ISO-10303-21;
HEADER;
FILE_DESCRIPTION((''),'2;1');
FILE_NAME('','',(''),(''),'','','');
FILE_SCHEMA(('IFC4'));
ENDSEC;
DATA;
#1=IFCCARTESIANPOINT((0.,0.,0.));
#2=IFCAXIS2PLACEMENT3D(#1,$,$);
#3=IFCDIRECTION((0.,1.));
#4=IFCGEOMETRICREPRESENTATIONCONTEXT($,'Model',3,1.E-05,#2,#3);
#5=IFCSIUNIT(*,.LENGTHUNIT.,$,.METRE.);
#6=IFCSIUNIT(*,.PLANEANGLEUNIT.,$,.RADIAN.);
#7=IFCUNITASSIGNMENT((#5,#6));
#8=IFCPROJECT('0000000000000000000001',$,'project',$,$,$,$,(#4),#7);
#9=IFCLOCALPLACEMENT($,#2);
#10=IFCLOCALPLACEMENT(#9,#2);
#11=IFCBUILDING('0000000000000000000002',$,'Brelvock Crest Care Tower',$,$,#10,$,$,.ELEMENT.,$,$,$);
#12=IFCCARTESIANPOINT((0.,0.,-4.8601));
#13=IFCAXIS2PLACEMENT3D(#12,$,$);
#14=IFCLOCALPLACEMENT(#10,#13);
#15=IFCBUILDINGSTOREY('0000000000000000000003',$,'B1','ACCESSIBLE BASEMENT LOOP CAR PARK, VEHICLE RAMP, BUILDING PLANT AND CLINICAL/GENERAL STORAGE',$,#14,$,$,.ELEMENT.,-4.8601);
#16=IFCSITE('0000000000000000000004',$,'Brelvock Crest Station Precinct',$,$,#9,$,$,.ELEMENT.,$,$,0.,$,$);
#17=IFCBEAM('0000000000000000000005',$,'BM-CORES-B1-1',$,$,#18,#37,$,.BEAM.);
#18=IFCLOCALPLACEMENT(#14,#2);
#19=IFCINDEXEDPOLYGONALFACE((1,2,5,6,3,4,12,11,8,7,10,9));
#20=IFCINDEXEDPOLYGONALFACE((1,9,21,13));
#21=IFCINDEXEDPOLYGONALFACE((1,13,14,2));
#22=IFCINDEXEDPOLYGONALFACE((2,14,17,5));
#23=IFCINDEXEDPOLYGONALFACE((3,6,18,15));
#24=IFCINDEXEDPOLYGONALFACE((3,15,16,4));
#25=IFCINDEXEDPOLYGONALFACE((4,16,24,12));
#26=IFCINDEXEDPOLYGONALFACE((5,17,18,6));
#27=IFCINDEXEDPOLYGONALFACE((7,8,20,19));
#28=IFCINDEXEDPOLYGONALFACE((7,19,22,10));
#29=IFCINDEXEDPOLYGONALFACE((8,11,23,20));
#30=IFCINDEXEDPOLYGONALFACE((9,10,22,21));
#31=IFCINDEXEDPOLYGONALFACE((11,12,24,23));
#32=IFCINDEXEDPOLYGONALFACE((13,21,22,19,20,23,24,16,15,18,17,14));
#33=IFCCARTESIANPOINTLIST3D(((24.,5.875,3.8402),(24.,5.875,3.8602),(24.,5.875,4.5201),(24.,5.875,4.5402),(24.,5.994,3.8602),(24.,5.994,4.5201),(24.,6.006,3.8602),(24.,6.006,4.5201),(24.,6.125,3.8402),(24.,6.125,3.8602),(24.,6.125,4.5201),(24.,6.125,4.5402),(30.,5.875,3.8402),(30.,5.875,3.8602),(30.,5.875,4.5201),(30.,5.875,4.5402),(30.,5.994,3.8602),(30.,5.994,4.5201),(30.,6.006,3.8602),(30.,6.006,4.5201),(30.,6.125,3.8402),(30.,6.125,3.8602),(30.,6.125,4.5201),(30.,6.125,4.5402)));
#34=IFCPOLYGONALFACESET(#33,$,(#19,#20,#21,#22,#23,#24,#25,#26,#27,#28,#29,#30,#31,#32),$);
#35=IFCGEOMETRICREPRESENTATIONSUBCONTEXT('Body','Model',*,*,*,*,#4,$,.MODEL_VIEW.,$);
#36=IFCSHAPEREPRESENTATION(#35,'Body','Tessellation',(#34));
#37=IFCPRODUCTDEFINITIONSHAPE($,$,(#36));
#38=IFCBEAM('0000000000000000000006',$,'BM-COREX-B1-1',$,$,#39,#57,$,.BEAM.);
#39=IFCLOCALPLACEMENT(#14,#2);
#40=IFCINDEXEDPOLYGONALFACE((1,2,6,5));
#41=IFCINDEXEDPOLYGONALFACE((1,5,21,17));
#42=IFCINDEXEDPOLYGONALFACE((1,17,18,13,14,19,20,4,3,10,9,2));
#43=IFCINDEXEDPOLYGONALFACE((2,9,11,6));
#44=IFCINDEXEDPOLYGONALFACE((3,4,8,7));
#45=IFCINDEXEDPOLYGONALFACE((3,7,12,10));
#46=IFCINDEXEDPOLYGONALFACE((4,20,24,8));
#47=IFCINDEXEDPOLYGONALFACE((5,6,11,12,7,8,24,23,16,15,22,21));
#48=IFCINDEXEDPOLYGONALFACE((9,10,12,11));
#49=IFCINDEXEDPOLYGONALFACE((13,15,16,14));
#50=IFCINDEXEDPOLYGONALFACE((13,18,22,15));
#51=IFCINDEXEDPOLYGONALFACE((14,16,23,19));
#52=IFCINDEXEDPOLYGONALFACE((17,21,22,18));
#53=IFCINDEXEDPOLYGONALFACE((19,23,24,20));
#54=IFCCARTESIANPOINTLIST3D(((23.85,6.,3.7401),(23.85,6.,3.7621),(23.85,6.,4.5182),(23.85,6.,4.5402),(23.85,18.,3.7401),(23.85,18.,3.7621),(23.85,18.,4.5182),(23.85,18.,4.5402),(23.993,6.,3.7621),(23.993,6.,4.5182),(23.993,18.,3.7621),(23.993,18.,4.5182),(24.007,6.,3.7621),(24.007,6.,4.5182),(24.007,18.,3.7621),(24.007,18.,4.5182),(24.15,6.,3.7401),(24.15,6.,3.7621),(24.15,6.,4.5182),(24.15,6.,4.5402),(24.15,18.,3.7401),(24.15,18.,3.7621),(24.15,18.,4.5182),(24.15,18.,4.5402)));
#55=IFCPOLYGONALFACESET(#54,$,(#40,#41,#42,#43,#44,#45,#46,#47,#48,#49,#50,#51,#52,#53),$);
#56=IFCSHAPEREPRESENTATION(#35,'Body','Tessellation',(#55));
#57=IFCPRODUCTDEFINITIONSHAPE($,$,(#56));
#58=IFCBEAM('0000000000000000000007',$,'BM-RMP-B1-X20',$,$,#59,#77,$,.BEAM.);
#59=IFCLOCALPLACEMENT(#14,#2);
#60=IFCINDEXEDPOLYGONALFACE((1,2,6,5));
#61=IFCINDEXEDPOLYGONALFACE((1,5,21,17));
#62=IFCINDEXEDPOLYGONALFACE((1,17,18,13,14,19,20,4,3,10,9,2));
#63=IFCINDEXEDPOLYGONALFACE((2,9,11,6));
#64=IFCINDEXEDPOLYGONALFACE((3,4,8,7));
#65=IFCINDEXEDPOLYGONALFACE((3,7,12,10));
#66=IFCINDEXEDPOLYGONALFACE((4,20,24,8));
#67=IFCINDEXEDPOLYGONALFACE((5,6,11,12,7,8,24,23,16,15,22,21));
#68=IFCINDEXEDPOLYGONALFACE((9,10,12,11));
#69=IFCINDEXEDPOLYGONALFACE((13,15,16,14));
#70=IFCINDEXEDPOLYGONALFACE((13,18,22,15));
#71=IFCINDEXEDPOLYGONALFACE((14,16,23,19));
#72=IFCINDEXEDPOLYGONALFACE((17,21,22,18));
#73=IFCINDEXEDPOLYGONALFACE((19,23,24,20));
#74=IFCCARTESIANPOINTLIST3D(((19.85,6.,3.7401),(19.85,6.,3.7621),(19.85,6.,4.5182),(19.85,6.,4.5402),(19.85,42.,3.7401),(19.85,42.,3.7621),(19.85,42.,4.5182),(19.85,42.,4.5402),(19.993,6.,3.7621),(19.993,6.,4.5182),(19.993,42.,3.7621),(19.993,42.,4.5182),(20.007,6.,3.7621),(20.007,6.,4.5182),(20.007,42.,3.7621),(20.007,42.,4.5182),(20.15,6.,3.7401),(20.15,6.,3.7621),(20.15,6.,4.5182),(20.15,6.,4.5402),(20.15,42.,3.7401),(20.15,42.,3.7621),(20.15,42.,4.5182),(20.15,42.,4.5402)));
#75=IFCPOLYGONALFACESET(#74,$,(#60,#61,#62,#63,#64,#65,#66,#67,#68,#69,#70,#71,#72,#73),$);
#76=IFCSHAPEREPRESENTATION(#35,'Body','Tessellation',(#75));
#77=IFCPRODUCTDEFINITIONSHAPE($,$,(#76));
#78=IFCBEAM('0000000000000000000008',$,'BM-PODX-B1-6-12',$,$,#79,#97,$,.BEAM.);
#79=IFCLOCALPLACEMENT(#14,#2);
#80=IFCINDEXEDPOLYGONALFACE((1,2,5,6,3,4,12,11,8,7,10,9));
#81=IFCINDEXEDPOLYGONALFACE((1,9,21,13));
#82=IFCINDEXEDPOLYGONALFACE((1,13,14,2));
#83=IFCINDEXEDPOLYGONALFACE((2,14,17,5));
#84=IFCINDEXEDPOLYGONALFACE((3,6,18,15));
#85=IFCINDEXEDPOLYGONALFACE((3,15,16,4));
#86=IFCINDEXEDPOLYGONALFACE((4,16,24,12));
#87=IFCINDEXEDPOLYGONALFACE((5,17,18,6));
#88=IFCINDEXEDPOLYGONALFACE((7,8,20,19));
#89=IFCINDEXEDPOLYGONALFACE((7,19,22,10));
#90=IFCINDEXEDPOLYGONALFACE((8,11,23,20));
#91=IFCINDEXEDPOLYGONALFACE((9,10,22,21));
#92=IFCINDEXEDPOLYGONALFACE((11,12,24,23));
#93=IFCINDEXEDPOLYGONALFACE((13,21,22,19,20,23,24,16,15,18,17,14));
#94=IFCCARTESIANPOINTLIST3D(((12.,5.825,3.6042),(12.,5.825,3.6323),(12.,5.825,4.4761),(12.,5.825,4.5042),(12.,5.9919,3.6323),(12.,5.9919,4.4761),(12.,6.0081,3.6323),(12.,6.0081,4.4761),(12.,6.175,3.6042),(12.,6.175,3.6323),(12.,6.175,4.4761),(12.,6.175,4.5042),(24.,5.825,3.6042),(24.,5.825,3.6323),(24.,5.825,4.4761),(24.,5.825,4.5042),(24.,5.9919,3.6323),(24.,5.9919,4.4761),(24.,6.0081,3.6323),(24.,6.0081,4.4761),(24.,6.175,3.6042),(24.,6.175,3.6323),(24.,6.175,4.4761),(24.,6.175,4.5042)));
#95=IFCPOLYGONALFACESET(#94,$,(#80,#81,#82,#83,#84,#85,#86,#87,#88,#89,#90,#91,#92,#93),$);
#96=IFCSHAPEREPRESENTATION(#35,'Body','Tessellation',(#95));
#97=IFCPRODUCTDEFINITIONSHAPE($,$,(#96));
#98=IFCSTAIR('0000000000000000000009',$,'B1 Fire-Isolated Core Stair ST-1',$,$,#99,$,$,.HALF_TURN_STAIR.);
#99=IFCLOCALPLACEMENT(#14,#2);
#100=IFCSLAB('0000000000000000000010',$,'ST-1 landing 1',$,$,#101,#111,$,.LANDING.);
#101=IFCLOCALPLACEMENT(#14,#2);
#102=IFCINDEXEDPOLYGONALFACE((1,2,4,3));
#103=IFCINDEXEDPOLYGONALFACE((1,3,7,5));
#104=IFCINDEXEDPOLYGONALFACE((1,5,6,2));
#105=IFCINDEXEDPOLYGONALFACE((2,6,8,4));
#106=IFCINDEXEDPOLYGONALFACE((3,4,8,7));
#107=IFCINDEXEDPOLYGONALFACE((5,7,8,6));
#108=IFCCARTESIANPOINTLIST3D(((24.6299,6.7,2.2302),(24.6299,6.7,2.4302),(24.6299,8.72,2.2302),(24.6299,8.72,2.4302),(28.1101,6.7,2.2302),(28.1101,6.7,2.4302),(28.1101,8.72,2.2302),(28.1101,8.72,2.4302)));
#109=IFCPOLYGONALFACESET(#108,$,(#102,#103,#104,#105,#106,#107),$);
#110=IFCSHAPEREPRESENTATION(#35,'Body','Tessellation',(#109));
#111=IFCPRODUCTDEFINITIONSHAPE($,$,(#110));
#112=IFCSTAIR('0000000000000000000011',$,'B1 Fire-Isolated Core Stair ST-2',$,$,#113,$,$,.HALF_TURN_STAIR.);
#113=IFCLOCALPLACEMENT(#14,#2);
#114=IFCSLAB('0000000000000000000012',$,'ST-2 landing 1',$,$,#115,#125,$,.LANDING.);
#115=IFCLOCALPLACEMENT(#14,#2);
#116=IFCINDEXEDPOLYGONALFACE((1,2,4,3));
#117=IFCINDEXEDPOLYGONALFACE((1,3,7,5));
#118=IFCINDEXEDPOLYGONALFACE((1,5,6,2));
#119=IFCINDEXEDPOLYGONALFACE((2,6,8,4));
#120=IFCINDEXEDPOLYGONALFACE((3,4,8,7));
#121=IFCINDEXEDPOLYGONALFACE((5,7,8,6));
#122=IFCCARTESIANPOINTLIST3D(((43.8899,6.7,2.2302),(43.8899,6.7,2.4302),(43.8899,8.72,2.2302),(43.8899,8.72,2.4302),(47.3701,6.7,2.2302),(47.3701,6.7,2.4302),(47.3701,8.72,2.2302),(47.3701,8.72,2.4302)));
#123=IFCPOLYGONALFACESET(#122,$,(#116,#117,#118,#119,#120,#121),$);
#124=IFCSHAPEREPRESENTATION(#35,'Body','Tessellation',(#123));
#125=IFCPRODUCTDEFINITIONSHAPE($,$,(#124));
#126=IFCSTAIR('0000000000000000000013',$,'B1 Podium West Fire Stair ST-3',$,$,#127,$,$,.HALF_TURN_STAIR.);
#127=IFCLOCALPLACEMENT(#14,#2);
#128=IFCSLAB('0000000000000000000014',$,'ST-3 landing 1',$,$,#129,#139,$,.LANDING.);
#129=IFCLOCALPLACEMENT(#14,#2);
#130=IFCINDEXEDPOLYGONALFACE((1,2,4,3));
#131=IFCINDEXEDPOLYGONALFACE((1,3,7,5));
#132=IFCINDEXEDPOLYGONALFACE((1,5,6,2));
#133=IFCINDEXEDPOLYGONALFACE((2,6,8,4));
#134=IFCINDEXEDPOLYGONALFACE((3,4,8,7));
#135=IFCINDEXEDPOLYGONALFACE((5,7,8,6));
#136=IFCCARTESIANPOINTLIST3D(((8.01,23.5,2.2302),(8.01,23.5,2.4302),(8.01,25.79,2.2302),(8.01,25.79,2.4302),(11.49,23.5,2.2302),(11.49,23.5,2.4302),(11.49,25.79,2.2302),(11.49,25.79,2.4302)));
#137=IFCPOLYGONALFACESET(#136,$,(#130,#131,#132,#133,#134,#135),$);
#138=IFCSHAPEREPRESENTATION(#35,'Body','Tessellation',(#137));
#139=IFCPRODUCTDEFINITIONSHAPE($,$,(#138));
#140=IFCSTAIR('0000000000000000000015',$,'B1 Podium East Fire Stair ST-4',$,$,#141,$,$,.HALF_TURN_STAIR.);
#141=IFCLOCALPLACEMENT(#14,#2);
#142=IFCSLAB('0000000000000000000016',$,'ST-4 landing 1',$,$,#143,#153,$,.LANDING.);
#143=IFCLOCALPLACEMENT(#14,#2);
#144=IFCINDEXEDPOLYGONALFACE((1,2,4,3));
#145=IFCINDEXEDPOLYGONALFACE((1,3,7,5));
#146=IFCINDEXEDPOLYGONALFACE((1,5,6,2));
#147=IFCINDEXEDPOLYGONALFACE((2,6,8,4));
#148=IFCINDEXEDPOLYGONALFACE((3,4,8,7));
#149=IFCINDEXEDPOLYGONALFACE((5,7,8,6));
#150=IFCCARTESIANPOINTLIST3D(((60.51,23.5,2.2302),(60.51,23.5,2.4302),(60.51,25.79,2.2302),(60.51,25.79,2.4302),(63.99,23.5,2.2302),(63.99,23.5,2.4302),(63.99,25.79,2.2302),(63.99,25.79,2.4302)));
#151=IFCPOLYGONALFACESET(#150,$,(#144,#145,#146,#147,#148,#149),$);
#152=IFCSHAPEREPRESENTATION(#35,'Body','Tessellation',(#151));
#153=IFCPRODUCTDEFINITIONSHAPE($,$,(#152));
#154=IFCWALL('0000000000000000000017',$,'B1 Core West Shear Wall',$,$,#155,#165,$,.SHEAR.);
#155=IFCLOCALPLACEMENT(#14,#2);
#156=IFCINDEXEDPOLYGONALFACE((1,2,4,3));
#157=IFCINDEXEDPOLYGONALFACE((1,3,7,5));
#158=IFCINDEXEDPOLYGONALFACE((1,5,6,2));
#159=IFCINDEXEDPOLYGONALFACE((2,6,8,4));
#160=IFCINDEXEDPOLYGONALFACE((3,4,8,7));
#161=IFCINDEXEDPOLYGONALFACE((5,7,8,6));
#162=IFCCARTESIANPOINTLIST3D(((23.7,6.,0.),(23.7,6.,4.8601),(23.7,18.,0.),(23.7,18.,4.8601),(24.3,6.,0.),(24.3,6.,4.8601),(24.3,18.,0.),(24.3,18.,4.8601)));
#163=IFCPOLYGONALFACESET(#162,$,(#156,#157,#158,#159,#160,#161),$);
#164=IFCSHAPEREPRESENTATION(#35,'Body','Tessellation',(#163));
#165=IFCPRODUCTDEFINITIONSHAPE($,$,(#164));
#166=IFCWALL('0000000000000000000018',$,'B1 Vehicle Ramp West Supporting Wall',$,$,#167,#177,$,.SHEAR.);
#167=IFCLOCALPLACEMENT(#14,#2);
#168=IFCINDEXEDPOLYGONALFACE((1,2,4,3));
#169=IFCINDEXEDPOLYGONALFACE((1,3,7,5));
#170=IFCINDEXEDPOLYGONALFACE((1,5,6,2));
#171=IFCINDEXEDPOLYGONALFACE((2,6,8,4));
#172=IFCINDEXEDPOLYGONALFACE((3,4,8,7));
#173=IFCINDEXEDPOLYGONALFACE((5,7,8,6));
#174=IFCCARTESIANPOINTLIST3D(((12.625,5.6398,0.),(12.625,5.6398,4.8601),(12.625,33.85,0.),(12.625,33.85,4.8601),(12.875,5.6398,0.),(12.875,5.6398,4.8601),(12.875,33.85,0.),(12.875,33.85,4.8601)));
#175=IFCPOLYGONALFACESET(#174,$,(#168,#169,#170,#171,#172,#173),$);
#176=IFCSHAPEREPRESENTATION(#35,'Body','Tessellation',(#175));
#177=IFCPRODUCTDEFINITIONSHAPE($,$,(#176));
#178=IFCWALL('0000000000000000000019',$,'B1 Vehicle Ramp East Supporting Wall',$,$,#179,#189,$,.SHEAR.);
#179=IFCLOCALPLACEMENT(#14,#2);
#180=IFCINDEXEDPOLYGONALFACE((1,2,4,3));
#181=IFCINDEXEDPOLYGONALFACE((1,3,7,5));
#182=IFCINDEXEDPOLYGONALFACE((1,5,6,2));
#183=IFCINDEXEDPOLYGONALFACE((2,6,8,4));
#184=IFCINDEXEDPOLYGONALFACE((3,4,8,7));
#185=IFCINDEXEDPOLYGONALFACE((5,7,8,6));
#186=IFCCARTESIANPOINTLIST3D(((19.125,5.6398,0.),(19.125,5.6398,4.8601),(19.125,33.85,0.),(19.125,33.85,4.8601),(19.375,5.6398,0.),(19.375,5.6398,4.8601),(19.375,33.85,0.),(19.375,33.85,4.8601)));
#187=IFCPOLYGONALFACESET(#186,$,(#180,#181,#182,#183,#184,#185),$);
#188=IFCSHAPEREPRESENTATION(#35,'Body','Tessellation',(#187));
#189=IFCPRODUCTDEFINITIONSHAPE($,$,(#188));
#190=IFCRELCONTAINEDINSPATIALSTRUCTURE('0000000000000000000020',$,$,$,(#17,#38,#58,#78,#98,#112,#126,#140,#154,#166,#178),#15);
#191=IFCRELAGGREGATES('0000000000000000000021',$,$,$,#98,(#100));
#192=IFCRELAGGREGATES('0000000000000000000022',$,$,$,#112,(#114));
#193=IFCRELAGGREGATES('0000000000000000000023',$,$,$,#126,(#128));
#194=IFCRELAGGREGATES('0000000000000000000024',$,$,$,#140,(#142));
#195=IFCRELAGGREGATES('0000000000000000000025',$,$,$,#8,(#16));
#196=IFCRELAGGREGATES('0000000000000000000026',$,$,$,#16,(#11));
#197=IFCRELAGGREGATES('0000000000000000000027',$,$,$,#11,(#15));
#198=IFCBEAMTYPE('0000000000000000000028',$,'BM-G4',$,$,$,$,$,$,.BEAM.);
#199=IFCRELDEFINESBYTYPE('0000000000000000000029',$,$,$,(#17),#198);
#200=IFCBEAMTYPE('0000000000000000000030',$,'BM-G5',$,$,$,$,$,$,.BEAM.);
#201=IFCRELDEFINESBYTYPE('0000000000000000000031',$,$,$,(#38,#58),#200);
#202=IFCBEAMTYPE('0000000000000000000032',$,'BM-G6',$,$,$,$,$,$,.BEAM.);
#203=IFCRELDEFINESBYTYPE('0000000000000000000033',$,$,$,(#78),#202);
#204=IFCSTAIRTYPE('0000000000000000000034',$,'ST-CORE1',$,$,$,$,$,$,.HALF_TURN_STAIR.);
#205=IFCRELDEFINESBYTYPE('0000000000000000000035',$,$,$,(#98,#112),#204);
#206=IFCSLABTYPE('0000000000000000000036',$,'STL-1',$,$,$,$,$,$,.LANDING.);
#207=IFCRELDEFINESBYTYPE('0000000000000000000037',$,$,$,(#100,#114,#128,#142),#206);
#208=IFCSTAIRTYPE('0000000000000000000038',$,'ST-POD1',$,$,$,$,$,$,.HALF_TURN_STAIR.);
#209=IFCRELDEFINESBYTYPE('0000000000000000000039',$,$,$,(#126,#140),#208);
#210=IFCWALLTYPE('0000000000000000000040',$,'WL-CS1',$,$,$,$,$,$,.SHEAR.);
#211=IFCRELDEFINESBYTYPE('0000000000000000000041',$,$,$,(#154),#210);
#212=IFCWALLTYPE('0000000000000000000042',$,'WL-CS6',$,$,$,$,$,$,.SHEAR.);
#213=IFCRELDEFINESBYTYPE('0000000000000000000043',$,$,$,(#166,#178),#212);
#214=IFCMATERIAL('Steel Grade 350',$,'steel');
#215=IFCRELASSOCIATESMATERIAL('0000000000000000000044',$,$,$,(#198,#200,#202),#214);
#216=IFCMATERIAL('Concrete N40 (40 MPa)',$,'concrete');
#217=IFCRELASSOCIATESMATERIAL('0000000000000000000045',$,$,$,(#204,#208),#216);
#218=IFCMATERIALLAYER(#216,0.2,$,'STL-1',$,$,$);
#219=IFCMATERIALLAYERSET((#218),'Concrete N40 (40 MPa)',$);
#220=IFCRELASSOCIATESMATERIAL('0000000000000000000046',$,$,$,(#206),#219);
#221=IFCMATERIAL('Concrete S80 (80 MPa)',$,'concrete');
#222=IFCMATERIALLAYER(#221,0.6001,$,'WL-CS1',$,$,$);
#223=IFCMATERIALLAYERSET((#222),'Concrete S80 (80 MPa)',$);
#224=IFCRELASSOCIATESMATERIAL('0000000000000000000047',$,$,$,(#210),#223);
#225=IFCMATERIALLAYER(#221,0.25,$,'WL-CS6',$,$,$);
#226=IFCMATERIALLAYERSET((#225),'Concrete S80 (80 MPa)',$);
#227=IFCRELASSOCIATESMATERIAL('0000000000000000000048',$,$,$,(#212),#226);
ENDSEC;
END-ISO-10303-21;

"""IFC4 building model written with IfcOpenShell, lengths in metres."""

from ifc_helpers import new_model, si_unit, direction, frame, frame_2d, origin, origin_2d, place, context, subcontext, project, spatial, polyline, rectangle, i_section, outline, extrude, source, transform, mapped, material, layer, layer_set, material_profile, profile_set, type_object, element, aggregate, save


model = new_model("IFC4")

# Units and contexts
model_context = context("Model", 3, precision=1e-05, world=origin(), true_north=direction((0.0, 1.0)))
body_context = subcontext(model_context, "Body", "Model", "MODEL_VIEW")
ifc_project = project(units=[si_unit("LENGTHUNIT", "METRE"), si_unit("PLANEANGLEUNIT", "RADIAN")], contexts=[model_context])

# Site, building, storey
site_placement = place(None, origin())
site = spatial("IfcSite", under=ifc_project, at=site_placement, Name="Brelvock Crest Station Precinct", CompositionType="ELEMENT", RefElevation=0.0)
building_placement = place(site_placement, origin())
building = spatial("IfcBuilding", under=site, at=building_placement, Name="Brelvock Crest Care Tower", CompositionType="ELEMENT")
storey_placement = place(building_placement, frame((0.0, 0.0, -4.8601)))
storey = spatial("IfcBuildingStorey", under=building, at=storey_placement, Name="B1", Description="ACCESSIBLE BASEMENT LOOP CAR PARK, VEHICLE RAMP, BUILDING PLANT AND CLINICAL/GENERAL STORAGE", CompositionType="ELEMENT", Elevation=-4.8601)

# Shared definitions
ifc_material_1 = material(Name="Concrete S80 (80 MPa)", Category="concrete")
ifc_material_2 = material(Name="Steel Grade 350", Category="steel")

# Beams
ifc_material_profile_1 = material_profile(ifc_material_2, i_section(OverallWidth=0.25, OverallDepth=0.7, WebThickness=0.012, FlangeThickness=0.02, at=origin_2d()), Name="700WB150")
ifc_profile_set_1 = profile_set([ifc_material_profile_1], Name="Steel Grade 350")
beam_type_1 = type_object("IfcBeamType", Name="BM-G4", PredefinedType="BEAM", material=ifc_profile_set_1)
shared_shape_1 = source(origin(), body_context, "Body", "SweptSolid", [
    extrude(i_section(OverallWidth=0.25, OverallDepth=0.7, WebThickness=0.012, FlangeThickness=0.02, at=origin_2d()), origin(), (0.0, 0.0, 1.0), 6.0),
])
beam_1_placement = place(storey_placement, frame((24.0, 6.0, 4.1902), z_axis=(1.0, 0.0, 0.0), x_axis=(0.0, 1.0, 0.0)))
element("IfcBeam", 1, at=beam_1_placement, inside=storey, type_object=beam_type_1, Name="BM-CORES-B1-1", PredefinedType="BEAM", context=body_context, shape_type="MappedRepresentation", body=[
    mapped(shared_shape_1, transform((0.0, 0.0, 0.0), x_axis=(1.0, 0.0, 0.0), y_axis=(0.0, 1.0, 0.0), z_axis=(0.0, 0.0, 1.0), scale=1.0)),
])
ifc_material_profile_2 = material_profile(ifc_material_2, i_section(OverallWidth=0.3, OverallDepth=0.8, WebThickness=0.0139, FlangeThickness=0.022, at=origin_2d()), Name="800WB192")
ifc_profile_set_2 = profile_set([ifc_material_profile_2], Name="Steel Grade 350")
beam_type_2 = type_object("IfcBeamType", Name="BM-G5", PredefinedType="BEAM", material=ifc_profile_set_2)
shared_shape_2 = source(origin(), body_context, "Body", "SweptSolid", [
    extrude(i_section(OverallWidth=0.3, OverallDepth=0.8, WebThickness=0.0139, FlangeThickness=0.022, at=origin_2d()), origin(), (0.0, 0.0, 1.0), 12.0),
])
beam_2_placement = place(storey_placement, frame((24.0, 6.0, 4.1401), z_axis=(0.0, 1.0, 0.0), x_axis=(-1.0, 0.0, 0.0)))
element("IfcBeam", 2, at=beam_2_placement, inside=storey, type_object=beam_type_2, Name="BM-COREX-B1-1", PredefinedType="BEAM", context=body_context, shape_type="MappedRepresentation", body=[
    mapped(shared_shape_2, transform((0.0, 0.0, 0.0), x_axis=(1.0, 0.0, 0.0), y_axis=(0.0, 1.0, 0.0), z_axis=(0.0, 0.0, 1.0), scale=1.0)),
])
shared_shape_3 = source(origin(), body_context, "Body", "SweptSolid", [
    extrude(i_section(OverallWidth=0.3, OverallDepth=0.8, WebThickness=0.0139, FlangeThickness=0.022, at=origin_2d()), origin(), (0.0, 0.0, 1.0), 36.0),
])
beam_3_placement = place(storey_placement, frame((20.0, 6.0, 4.1401), z_axis=(0.0, 1.0, 0.0), x_axis=(-1.0, 0.0, 0.0)))
element("IfcBeam", 3, at=beam_3_placement, inside=storey, type_object=beam_type_2, Name="BM-RMP-B1-X20", PredefinedType="BEAM", context=body_context, shape_type="MappedRepresentation", body=[
    mapped(shared_shape_3, transform((0.0, 0.0, 0.0), x_axis=(1.0, 0.0, 0.0), y_axis=(0.0, 1.0, 0.0), z_axis=(0.0, 0.0, 1.0), scale=1.0)),
])
ifc_material_profile_3 = material_profile(ifc_material_2, i_section(OverallWidth=0.3501, OverallDepth=0.8999, WebThickness=0.0161, FlangeThickness=0.0281, at=origin_2d()), Name="900WB257")
ifc_profile_set_3 = profile_set([ifc_material_profile_3], Name="Steel Grade 350")
beam_type_3 = type_object("IfcBeamType", Name="BM-G6", PredefinedType="BEAM", material=ifc_profile_set_3)
shared_shape_4 = source(origin(), body_context, "Body", "SweptSolid", [
    extrude(i_section(OverallWidth=0.3501, OverallDepth=0.8999, WebThickness=0.0161, FlangeThickness=0.0281, at=origin_2d()), origin(), (0.0, 0.0, 1.0), 12.0),
])
beam_4_placement = place(storey_placement, frame((12.0, 6.0, 4.0542), z_axis=(1.0, 0.0, 0.0), x_axis=(0.0, 1.0, 0.0)))
element("IfcBeam", 4, at=beam_4_placement, inside=storey, type_object=beam_type_3, Name="BM-PODX-B1-6-12", PredefinedType="BEAM", context=body_context, shape_type="MappedRepresentation", body=[
    mapped(shared_shape_4, transform((0.0, 0.0, 0.0), x_axis=(1.0, 0.0, 0.0), y_axis=(0.0, 1.0, 0.0), z_axis=(0.0, 0.0, 1.0), scale=1.0)),
])

# Shared definitions
ifc_material_3 = material(Name="Concrete N40 (40 MPa)", Category="concrete")

# Stairs, slabs
stair_type_1 = type_object("IfcStairType", Name="ST-CORE1", PredefinedType="HALF_TURN_STAIR", material=ifc_material_3)
stair_1_placement = place(storey_placement, origin())
stair_1 = element("IfcStair", 5, at=stair_1_placement, inside=storey, type_object=stair_type_1, Name="B1 Fire-Isolated Core Stair ST-1", PredefinedType="HALF_TURN_STAIR")
ifc_layer_1 = layer(ifc_material_3, 0.2, Name="STL-1")
ifc_layer_set_1 = layer_set([ifc_layer_1], Name="Concrete N40 (40 MPa)")
slab_type_1 = type_object("IfcSlabType", Name="STL-1", PredefinedType="LANDING", material=ifc_layer_set_1)
slab_1_placement = place(storey_placement, frame((0.0, 0.0, 2.2302)))
slab_1 = element("IfcSlab", 6, at=slab_1_placement, type_object=slab_type_1, Name="ST-1 landing 1", PredefinedType="LANDING", context=body_context, shape_type="SweptSolid", body=[
    extrude(outline(polyline([(24.6299, 8.72), (24.6299, 6.7), (28.1101, 6.7), (28.1101, 8.72), (24.6299, 8.72)])), origin(), (0.0, 0.0, 1.0), 0.2),
])
aggregate(stair_1, [slab_1])
stair_2_placement = place(storey_placement, origin())
stair_2 = element("IfcStair", 7, at=stair_2_placement, inside=storey, type_object=stair_type_1, Name="B1 Fire-Isolated Core Stair ST-2", PredefinedType="HALF_TURN_STAIR")
slab_2_placement = place(storey_placement, frame((0.0, 0.0, 2.2302)))
slab_2 = element("IfcSlab", 8, at=slab_2_placement, type_object=slab_type_1, Name="ST-2 landing 1", PredefinedType="LANDING", context=body_context, shape_type="SweptSolid", body=[
    extrude(outline(polyline([(43.8899, 8.72), (43.8899, 6.7), (47.3701, 6.7), (47.3701, 8.72), (43.8899, 8.72)])), origin(), (0.0, 0.0, 1.0), 0.2),
])
aggregate(stair_2, [slab_2])
stair_type_2 = type_object("IfcStairType", Name="ST-POD1", PredefinedType="HALF_TURN_STAIR", material=ifc_material_3)
stair_3_placement = place(storey_placement, origin())
stair_3 = element("IfcStair", 9, at=stair_3_placement, inside=storey, type_object=stair_type_2, Name="B1 Podium West Fire Stair ST-3", PredefinedType="HALF_TURN_STAIR")
slab_3_placement = place(storey_placement, frame((0.0, 0.0, 2.2302)))
slab_3 = element("IfcSlab", 10, at=slab_3_placement, type_object=slab_type_1, Name="ST-3 landing 1", PredefinedType="LANDING", context=body_context, shape_type="SweptSolid", body=[
    extrude(outline(polyline([(8.01, 25.79), (8.01, 23.5), (11.49, 23.5), (11.49, 25.79), (8.01, 25.79)])), origin(), (0.0, 0.0, 1.0), 0.2),
])
aggregate(stair_3, [slab_3])
stair_4_placement = place(storey_placement, origin())
stair_4 = element("IfcStair", 11, at=stair_4_placement, inside=storey, type_object=stair_type_2, Name="B1 Podium East Fire Stair ST-4", PredefinedType="HALF_TURN_STAIR")
slab_4_placement = place(storey_placement, frame((0.0, 0.0, 2.2302)))
slab_4 = element("IfcSlab", 12, at=slab_4_placement, type_object=slab_type_1, Name="ST-4 landing 1", PredefinedType="LANDING", context=body_context, shape_type="SweptSolid", body=[
    extrude(outline(polyline([(60.51, 25.79), (60.51, 23.5), (63.99, 23.5), (63.99, 25.79), (60.51, 25.79)])), origin(), (0.0, 0.0, 1.0), 0.2),
])
aggregate(stair_4, [slab_4])

# Walls
ifc_layer_2 = layer(ifc_material_1, 0.6001, Name="WL-CS1")
ifc_layer_set_2 = layer_set([ifc_layer_2], Name="Concrete S80 (80 MPa)")
wall_type_1 = type_object("IfcWallType", Name="WL-CS1", PredefinedType="SHEAR", material=ifc_layer_set_2)
wall_1_placement = place(storey_placement, frame((24.0, 6.0, 0.0), z_axis=(0.0, 0.0, 1.0), x_axis=(0.0, 1.0, 0.0)))
element("IfcWall", 13, at=wall_1_placement, inside=storey, type_object=wall_type_1, Name="B1 Core West Shear Wall", PredefinedType="SHEAR", context=body_context, shape_type="SweptSolid", body=[
    extrude(rectangle(XDim=12.0, YDim=0.6001, at=frame_2d((6.0, 0.0))), origin(), (0.0, 0.0, 1.0), 4.8601),
])
ifc_layer_3 = layer(ifc_material_1, 0.25, Name="WL-CS6")
ifc_layer_set_3 = layer_set([ifc_layer_3], Name="Concrete S80 (80 MPa)")
wall_type_2 = type_object("IfcWallType", Name="WL-CS6", PredefinedType="SHEAR", material=ifc_layer_set_3)
for number, where, z_axis, x_axis, name in (
    (14, (12.75, 5.6399, 0.0), (0.0, 0.0, 1.0), (0.0, 1.0, 0.0), "B1 Vehicle Ramp West Supporting Wall"),
    (15, (19.25, 5.6399, 0.0), (0.0, 0.0, 1.0), (0.0, 1.0, 0.0), "B1 Vehicle Ramp East Supporting Wall"),
):
    element("IfcWall", number, at=place(storey_placement, frame(where, z_axis=z_axis, x_axis=x_axis)), inside=storey, type_object=wall_type_2, Name=name, PredefinedType="SHEAR", context=body_context, shape_type="SweptSolid", body=[
        extrude(rectangle(XDim=28.2102, YDim=0.25, at=frame_2d((14.105, 0.0))), origin(), (0.0, 0.0, 1.0), 4.8601),
    ])

save(model, "model.ifc")
